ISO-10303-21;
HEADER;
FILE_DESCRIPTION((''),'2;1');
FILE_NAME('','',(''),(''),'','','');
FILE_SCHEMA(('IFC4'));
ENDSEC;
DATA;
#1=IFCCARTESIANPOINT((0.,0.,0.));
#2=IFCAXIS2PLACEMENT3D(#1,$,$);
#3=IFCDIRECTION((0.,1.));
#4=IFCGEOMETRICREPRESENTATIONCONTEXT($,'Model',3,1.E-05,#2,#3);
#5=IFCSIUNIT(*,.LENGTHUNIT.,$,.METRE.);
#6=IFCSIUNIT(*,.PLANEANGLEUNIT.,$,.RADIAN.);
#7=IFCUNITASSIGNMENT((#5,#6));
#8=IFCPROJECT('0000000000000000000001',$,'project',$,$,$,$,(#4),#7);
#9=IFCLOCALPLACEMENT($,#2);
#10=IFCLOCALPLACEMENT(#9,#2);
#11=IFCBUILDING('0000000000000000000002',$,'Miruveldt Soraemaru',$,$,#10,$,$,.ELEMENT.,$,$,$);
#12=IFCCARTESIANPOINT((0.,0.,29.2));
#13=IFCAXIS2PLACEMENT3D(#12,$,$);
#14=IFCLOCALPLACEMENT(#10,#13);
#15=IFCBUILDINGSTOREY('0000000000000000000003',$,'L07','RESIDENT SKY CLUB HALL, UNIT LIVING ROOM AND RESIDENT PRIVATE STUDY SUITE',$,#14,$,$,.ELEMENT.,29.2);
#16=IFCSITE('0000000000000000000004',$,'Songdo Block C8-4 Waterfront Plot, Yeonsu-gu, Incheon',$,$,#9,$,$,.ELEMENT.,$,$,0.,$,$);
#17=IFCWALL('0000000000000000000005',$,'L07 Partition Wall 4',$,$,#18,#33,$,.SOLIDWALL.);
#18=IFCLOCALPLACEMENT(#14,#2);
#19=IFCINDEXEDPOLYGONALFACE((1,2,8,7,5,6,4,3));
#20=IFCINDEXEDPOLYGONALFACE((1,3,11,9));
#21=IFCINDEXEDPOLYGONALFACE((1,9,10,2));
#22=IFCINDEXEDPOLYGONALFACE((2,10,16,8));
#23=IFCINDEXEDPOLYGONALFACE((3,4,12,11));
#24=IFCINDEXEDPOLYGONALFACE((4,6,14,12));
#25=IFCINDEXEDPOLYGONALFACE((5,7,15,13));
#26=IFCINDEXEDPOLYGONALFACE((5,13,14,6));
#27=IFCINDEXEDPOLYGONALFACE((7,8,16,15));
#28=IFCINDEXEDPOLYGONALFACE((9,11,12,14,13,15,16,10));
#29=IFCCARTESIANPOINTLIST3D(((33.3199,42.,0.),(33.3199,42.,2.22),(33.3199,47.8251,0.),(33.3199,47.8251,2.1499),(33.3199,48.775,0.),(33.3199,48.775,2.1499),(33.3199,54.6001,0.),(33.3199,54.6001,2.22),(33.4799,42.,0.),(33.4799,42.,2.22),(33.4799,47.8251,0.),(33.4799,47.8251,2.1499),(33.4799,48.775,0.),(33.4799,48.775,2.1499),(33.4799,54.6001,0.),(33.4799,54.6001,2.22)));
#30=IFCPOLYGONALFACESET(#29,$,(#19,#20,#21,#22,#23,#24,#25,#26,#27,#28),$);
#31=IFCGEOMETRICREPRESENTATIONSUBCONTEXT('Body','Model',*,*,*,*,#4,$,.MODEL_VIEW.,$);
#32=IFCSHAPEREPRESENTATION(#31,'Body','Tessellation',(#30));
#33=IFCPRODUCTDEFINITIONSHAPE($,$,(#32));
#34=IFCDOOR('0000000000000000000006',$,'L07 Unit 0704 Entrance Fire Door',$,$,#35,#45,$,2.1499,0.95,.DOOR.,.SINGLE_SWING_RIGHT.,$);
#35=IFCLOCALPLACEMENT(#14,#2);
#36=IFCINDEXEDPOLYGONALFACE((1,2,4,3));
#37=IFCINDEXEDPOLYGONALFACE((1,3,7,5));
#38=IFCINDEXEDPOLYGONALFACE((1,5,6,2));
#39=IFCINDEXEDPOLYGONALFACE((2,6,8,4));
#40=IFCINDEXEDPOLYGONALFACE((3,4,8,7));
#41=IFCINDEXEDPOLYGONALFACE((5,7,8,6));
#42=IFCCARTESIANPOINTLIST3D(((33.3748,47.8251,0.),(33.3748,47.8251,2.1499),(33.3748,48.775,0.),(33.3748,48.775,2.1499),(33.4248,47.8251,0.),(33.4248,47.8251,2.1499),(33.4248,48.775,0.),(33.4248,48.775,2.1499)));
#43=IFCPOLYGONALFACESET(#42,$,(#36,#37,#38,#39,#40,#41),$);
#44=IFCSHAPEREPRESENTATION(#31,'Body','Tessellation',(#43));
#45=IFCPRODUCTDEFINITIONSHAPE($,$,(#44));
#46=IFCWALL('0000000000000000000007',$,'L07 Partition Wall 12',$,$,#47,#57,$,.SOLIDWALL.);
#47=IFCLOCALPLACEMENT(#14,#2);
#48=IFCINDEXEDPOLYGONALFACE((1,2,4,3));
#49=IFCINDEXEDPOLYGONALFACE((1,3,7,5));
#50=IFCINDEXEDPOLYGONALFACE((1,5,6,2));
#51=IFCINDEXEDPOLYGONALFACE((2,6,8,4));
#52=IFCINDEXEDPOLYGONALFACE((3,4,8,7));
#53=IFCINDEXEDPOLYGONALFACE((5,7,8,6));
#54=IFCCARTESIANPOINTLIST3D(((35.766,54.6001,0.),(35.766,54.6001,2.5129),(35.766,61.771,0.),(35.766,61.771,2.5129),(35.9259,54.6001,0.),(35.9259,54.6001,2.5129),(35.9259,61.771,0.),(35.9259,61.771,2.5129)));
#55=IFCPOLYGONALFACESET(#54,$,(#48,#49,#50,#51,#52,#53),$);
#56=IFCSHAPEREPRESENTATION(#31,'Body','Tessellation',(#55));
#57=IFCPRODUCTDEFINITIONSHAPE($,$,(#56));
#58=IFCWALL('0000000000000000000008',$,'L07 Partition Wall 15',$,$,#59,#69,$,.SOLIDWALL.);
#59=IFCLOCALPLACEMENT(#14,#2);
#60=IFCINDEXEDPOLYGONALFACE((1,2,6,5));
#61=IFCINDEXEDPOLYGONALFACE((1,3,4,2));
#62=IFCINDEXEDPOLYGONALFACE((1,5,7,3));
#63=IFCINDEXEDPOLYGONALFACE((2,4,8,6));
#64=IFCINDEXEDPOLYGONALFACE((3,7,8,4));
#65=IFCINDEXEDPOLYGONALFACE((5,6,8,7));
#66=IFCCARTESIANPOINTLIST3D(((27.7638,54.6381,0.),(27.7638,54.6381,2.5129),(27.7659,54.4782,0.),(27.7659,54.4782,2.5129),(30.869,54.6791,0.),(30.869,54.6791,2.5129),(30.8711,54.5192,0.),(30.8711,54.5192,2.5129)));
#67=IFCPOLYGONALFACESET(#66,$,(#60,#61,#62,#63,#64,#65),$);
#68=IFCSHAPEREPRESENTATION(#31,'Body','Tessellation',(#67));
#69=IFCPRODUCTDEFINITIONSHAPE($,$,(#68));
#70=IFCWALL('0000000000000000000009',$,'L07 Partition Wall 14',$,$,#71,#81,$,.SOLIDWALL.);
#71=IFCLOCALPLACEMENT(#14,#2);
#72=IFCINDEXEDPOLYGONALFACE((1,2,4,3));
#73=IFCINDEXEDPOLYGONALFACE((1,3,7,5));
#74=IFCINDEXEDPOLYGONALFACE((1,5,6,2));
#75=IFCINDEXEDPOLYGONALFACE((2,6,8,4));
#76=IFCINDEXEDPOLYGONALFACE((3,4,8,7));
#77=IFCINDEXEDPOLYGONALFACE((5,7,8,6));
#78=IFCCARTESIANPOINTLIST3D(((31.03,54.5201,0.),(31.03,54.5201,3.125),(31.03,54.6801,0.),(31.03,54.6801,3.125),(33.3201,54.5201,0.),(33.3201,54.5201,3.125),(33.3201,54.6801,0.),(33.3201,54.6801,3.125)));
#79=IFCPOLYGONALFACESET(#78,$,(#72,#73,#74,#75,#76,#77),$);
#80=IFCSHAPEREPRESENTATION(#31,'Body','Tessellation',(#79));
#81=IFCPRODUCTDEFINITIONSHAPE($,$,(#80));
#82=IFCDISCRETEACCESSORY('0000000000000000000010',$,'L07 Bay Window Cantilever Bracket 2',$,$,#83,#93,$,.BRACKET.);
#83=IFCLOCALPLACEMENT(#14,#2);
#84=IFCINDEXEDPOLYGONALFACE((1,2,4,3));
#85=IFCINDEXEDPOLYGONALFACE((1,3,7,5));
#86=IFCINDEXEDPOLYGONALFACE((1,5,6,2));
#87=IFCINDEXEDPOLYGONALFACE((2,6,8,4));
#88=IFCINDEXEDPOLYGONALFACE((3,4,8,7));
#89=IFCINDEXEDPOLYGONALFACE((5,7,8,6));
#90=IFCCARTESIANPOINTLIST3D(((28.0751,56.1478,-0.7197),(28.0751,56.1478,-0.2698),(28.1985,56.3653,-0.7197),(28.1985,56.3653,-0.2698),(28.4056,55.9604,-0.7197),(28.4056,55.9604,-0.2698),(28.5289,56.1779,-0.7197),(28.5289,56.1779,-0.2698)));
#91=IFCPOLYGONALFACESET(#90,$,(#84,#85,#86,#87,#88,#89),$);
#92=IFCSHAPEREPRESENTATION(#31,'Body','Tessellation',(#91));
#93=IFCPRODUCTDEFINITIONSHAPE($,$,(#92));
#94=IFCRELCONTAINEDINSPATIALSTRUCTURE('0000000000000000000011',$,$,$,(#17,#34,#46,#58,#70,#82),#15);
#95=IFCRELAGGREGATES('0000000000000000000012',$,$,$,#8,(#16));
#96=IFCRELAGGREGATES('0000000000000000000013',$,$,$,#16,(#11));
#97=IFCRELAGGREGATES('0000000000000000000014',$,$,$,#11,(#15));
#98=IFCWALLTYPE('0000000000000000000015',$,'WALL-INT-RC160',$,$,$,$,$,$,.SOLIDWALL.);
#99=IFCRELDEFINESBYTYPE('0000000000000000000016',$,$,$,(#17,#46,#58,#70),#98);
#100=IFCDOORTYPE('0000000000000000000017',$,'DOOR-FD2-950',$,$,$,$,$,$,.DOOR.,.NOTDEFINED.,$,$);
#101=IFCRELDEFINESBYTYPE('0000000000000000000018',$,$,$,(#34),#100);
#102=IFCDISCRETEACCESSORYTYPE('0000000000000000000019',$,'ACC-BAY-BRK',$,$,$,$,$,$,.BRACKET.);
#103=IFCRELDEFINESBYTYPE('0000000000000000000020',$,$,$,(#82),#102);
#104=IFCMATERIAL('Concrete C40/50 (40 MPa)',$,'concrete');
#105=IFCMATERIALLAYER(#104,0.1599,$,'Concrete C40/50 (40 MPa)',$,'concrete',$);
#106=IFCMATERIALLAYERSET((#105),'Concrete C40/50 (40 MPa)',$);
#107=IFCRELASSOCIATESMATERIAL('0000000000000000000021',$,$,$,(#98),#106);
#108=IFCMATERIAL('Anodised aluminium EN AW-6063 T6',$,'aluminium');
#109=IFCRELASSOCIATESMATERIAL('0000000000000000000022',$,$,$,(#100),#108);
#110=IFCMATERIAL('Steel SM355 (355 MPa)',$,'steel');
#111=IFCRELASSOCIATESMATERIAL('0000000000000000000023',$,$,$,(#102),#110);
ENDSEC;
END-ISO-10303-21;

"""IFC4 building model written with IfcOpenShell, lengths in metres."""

from ifc_helpers import new_model, si_unit, direction, frame, frame_2d, origin, origin_2d, place, context, subcontext, project, spatial, rectangle, extrude, material, layer, layer_set, type_object, element, fill, save


model = new_model("IFC4")

# Units and contexts
model_context = context("Model", 3, precision=1e-05, world=origin(), true_north=direction((0.0, 1.0)))
body_context = subcontext(model_context, "Body", "Model", "MODEL_VIEW")
ifc_project = project(units=[si_unit("LENGTHUNIT", "METRE"), si_unit("PLANEANGLEUNIT", "RADIAN")], contexts=[model_context])

# Site, building, storey
site_placement = place(None, origin())
site = spatial("IfcSite", under=ifc_project, at=site_placement, Name="Songdo Block C8-4 Waterfront Plot, Yeonsu-gu, Incheon", CompositionType="ELEMENT", RefElevation=0.0)
building_placement = place(site_placement, origin())
building = spatial("IfcBuilding", under=site, at=building_placement, Name="Miruveldt Soraemaru", CompositionType="ELEMENT")
storey_placement = place(building_placement, frame((0.0, 0.0, 29.2)))
storey = spatial("IfcBuildingStorey", under=building, at=storey_placement, Name="L07", Description="RESIDENT SKY CLUB HALL, UNIT LIVING ROOM AND RESIDENT PRIVATE STUDY SUITE", CompositionType="ELEMENT", Elevation=29.2)

# Shared definitions
ifc_material_1 = material(Name="Concrete C40/50 (40 MPa)", Category="concrete")
ifc_material_2 = material(Name="Steel SM355 (355 MPa)", Category="steel")

# Shared definitions
ifc_material_3 = material(Name="Anodised aluminium EN AW-6063 T6", Category="aluminium")

# Wall, opening, door
ifc_layer_1 = layer(ifc_material_1, 0.1599, Name="Concrete C40/50 (40 MPa)", Category="concrete")
ifc_layer_set_1 = layer_set([ifc_layer_1], Name="Concrete C40/50 (40 MPa)")
wall_type_1 = type_object("IfcWallType", Name="WALL-INT-RC160", PredefinedType="SOLIDWALL", material=ifc_layer_set_1)
wall_1_placement = place(storey_placement, frame((33.3999, 54.6001, 0.0), z_axis=(0.0, 0.0, 1.0), x_axis=(0.0, -1.0, 0.0)))
wall_1 = element("IfcWall", 1, at=wall_1_placement, inside=storey, type_object=wall_type_1, Name="L07 Partition Wall 4", PredefinedType="SOLIDWALL", context=body_context, shape_type="SweptSolid", body=[
    extrude(rectangle(XDim=12.6001, YDim=0.1599, at=frame_2d((6.3, 0.0))), origin(), (0.0, 0.0, 1.0), 2.22),
])
opening_1_placement = place(wall_1_placement, frame((5.825, 0.0, 0.0)))
opening_1 = element("IfcOpeningElement", 2, at=opening_1_placement, cuts=wall_1, PredefinedType="OPENING", context=body_context, shape_type="SweptSolid", body=[
    extrude(rectangle(XDim=0.95, YDim=2.1499, at=frame_2d((0.4751, 1.075))), frame((0.0, 0.0898, 0.0), z_axis=(0.0, -1.0, 0.0), x_axis=(1.0, 0.0, 0.0)), (0.0, 0.0, 1.0), 0.1799),
])
door_type_1 = type_object("IfcDoorType", Name="DOOR-FD2-950", OperationType="NOTDEFINED", PredefinedType="DOOR", material=ifc_material_3)
door_1_placement = place(opening_1_placement, origin())
door_1 = element("IfcDoor", 3, at=door_1_placement, inside=storey, type_object=door_type_1, Name="L07 Unit 0704 Entrance Fire Door", OperationType="SINGLE_SWING_RIGHT", OverallHeight=2.1499, OverallWidth=0.95, PredefinedType="DOOR", context=body_context, shape_type="SweptSolid", body=[
    extrude(rectangle(XDim=0.95, YDim=2.1499, at=frame_2d((0.4751, 1.075))), frame((0.0, 0.0249, 0.0), z_axis=(0.0, -1.0, 0.0), x_axis=(1.0, 0.0, 0.0)), (0.0, 0.0, 1.0), 0.05),
])
fill(opening_1, door_1)

# Walls
wall_2_placement = place(storey_placement, frame((35.8459, 54.6001, 0.0), z_axis=(0.0, 0.0, 1.0), x_axis=(0.0, 1.0, 0.0)))
element("IfcWall", 4, at=wall_2_placement, inside=storey, type_object=wall_type_1, Name="L07 Partition Wall 12", PredefinedType="SOLIDWALL", context=body_context, shape_type="SweptSolid", body=[
    extrude(rectangle(XDim=7.1709, YDim=0.1599, at=frame_2d((3.5854, 0.0))), origin(), (0.0, 0.0, 1.0), 2.5129),
])
wall_3_placement = place(storey_placement, frame((27.7649, 54.5581, 0.0), z_axis=(0.0, 0.0, 1.0), x_axis=(0.999913, 0.013207, 0.0)))
element("IfcWall", 5, at=wall_3_placement, inside=storey, type_object=wall_type_1, Name="L07 Partition Wall 15", PredefinedType="SOLIDWALL", context=body_context, shape_type="SweptSolid", body=[
    extrude(rectangle(XDim=3.1055, YDim=0.1599, at=frame_2d((1.5527, 0.0))), origin(), (0.0, 0.0, 1.0), 2.5129),
])
wall_4_placement = place(storey_placement, frame((31.03, 54.6001, 0.0), z_axis=(0.0, 0.0, 1.0), x_axis=(1.0, 0.0, 0.0)))
element("IfcWall", 6, at=wall_4_placement, inside=storey, type_object=wall_type_1, Name="L07 Partition Wall 14", PredefinedType="SOLIDWALL", context=body_context, shape_type="SweptSolid", body=[
    extrude(rectangle(XDim=2.29, YDim=0.1599, at=frame_2d((1.145, 0.0))), origin(), (0.0, 0.0, 1.0), 3.125),
])

# Discrete accessory
discrete_accessory_type = type_object("IfcDiscreteAccessoryType", Name="ACC-BAY-BRK", PredefinedType="BRACKET", material=ifc_material_2)
discrete_accessory_placement = place(storey_placement, frame((28.302, 56.1628, -0.7197), z_axis=(0.0, 0.0, 1.0), x_axis=(-0.869831, 0.49335, 0.0)))
element("IfcDiscreteAccessory", 7, at=discrete_accessory_placement, inside=storey, type_object=discrete_accessory_type, Name="L07 Bay Window Cantilever Bracket 2", PredefinedType="BRACKET", context=body_context, shape_type="SweptSolid", body=[
    extrude(rectangle(XDim=0.3799, YDim=0.25, at=origin_2d()), origin(), (0.0, 0.0, 1.0), 0.45),
])

save(model, "model.ifc")
